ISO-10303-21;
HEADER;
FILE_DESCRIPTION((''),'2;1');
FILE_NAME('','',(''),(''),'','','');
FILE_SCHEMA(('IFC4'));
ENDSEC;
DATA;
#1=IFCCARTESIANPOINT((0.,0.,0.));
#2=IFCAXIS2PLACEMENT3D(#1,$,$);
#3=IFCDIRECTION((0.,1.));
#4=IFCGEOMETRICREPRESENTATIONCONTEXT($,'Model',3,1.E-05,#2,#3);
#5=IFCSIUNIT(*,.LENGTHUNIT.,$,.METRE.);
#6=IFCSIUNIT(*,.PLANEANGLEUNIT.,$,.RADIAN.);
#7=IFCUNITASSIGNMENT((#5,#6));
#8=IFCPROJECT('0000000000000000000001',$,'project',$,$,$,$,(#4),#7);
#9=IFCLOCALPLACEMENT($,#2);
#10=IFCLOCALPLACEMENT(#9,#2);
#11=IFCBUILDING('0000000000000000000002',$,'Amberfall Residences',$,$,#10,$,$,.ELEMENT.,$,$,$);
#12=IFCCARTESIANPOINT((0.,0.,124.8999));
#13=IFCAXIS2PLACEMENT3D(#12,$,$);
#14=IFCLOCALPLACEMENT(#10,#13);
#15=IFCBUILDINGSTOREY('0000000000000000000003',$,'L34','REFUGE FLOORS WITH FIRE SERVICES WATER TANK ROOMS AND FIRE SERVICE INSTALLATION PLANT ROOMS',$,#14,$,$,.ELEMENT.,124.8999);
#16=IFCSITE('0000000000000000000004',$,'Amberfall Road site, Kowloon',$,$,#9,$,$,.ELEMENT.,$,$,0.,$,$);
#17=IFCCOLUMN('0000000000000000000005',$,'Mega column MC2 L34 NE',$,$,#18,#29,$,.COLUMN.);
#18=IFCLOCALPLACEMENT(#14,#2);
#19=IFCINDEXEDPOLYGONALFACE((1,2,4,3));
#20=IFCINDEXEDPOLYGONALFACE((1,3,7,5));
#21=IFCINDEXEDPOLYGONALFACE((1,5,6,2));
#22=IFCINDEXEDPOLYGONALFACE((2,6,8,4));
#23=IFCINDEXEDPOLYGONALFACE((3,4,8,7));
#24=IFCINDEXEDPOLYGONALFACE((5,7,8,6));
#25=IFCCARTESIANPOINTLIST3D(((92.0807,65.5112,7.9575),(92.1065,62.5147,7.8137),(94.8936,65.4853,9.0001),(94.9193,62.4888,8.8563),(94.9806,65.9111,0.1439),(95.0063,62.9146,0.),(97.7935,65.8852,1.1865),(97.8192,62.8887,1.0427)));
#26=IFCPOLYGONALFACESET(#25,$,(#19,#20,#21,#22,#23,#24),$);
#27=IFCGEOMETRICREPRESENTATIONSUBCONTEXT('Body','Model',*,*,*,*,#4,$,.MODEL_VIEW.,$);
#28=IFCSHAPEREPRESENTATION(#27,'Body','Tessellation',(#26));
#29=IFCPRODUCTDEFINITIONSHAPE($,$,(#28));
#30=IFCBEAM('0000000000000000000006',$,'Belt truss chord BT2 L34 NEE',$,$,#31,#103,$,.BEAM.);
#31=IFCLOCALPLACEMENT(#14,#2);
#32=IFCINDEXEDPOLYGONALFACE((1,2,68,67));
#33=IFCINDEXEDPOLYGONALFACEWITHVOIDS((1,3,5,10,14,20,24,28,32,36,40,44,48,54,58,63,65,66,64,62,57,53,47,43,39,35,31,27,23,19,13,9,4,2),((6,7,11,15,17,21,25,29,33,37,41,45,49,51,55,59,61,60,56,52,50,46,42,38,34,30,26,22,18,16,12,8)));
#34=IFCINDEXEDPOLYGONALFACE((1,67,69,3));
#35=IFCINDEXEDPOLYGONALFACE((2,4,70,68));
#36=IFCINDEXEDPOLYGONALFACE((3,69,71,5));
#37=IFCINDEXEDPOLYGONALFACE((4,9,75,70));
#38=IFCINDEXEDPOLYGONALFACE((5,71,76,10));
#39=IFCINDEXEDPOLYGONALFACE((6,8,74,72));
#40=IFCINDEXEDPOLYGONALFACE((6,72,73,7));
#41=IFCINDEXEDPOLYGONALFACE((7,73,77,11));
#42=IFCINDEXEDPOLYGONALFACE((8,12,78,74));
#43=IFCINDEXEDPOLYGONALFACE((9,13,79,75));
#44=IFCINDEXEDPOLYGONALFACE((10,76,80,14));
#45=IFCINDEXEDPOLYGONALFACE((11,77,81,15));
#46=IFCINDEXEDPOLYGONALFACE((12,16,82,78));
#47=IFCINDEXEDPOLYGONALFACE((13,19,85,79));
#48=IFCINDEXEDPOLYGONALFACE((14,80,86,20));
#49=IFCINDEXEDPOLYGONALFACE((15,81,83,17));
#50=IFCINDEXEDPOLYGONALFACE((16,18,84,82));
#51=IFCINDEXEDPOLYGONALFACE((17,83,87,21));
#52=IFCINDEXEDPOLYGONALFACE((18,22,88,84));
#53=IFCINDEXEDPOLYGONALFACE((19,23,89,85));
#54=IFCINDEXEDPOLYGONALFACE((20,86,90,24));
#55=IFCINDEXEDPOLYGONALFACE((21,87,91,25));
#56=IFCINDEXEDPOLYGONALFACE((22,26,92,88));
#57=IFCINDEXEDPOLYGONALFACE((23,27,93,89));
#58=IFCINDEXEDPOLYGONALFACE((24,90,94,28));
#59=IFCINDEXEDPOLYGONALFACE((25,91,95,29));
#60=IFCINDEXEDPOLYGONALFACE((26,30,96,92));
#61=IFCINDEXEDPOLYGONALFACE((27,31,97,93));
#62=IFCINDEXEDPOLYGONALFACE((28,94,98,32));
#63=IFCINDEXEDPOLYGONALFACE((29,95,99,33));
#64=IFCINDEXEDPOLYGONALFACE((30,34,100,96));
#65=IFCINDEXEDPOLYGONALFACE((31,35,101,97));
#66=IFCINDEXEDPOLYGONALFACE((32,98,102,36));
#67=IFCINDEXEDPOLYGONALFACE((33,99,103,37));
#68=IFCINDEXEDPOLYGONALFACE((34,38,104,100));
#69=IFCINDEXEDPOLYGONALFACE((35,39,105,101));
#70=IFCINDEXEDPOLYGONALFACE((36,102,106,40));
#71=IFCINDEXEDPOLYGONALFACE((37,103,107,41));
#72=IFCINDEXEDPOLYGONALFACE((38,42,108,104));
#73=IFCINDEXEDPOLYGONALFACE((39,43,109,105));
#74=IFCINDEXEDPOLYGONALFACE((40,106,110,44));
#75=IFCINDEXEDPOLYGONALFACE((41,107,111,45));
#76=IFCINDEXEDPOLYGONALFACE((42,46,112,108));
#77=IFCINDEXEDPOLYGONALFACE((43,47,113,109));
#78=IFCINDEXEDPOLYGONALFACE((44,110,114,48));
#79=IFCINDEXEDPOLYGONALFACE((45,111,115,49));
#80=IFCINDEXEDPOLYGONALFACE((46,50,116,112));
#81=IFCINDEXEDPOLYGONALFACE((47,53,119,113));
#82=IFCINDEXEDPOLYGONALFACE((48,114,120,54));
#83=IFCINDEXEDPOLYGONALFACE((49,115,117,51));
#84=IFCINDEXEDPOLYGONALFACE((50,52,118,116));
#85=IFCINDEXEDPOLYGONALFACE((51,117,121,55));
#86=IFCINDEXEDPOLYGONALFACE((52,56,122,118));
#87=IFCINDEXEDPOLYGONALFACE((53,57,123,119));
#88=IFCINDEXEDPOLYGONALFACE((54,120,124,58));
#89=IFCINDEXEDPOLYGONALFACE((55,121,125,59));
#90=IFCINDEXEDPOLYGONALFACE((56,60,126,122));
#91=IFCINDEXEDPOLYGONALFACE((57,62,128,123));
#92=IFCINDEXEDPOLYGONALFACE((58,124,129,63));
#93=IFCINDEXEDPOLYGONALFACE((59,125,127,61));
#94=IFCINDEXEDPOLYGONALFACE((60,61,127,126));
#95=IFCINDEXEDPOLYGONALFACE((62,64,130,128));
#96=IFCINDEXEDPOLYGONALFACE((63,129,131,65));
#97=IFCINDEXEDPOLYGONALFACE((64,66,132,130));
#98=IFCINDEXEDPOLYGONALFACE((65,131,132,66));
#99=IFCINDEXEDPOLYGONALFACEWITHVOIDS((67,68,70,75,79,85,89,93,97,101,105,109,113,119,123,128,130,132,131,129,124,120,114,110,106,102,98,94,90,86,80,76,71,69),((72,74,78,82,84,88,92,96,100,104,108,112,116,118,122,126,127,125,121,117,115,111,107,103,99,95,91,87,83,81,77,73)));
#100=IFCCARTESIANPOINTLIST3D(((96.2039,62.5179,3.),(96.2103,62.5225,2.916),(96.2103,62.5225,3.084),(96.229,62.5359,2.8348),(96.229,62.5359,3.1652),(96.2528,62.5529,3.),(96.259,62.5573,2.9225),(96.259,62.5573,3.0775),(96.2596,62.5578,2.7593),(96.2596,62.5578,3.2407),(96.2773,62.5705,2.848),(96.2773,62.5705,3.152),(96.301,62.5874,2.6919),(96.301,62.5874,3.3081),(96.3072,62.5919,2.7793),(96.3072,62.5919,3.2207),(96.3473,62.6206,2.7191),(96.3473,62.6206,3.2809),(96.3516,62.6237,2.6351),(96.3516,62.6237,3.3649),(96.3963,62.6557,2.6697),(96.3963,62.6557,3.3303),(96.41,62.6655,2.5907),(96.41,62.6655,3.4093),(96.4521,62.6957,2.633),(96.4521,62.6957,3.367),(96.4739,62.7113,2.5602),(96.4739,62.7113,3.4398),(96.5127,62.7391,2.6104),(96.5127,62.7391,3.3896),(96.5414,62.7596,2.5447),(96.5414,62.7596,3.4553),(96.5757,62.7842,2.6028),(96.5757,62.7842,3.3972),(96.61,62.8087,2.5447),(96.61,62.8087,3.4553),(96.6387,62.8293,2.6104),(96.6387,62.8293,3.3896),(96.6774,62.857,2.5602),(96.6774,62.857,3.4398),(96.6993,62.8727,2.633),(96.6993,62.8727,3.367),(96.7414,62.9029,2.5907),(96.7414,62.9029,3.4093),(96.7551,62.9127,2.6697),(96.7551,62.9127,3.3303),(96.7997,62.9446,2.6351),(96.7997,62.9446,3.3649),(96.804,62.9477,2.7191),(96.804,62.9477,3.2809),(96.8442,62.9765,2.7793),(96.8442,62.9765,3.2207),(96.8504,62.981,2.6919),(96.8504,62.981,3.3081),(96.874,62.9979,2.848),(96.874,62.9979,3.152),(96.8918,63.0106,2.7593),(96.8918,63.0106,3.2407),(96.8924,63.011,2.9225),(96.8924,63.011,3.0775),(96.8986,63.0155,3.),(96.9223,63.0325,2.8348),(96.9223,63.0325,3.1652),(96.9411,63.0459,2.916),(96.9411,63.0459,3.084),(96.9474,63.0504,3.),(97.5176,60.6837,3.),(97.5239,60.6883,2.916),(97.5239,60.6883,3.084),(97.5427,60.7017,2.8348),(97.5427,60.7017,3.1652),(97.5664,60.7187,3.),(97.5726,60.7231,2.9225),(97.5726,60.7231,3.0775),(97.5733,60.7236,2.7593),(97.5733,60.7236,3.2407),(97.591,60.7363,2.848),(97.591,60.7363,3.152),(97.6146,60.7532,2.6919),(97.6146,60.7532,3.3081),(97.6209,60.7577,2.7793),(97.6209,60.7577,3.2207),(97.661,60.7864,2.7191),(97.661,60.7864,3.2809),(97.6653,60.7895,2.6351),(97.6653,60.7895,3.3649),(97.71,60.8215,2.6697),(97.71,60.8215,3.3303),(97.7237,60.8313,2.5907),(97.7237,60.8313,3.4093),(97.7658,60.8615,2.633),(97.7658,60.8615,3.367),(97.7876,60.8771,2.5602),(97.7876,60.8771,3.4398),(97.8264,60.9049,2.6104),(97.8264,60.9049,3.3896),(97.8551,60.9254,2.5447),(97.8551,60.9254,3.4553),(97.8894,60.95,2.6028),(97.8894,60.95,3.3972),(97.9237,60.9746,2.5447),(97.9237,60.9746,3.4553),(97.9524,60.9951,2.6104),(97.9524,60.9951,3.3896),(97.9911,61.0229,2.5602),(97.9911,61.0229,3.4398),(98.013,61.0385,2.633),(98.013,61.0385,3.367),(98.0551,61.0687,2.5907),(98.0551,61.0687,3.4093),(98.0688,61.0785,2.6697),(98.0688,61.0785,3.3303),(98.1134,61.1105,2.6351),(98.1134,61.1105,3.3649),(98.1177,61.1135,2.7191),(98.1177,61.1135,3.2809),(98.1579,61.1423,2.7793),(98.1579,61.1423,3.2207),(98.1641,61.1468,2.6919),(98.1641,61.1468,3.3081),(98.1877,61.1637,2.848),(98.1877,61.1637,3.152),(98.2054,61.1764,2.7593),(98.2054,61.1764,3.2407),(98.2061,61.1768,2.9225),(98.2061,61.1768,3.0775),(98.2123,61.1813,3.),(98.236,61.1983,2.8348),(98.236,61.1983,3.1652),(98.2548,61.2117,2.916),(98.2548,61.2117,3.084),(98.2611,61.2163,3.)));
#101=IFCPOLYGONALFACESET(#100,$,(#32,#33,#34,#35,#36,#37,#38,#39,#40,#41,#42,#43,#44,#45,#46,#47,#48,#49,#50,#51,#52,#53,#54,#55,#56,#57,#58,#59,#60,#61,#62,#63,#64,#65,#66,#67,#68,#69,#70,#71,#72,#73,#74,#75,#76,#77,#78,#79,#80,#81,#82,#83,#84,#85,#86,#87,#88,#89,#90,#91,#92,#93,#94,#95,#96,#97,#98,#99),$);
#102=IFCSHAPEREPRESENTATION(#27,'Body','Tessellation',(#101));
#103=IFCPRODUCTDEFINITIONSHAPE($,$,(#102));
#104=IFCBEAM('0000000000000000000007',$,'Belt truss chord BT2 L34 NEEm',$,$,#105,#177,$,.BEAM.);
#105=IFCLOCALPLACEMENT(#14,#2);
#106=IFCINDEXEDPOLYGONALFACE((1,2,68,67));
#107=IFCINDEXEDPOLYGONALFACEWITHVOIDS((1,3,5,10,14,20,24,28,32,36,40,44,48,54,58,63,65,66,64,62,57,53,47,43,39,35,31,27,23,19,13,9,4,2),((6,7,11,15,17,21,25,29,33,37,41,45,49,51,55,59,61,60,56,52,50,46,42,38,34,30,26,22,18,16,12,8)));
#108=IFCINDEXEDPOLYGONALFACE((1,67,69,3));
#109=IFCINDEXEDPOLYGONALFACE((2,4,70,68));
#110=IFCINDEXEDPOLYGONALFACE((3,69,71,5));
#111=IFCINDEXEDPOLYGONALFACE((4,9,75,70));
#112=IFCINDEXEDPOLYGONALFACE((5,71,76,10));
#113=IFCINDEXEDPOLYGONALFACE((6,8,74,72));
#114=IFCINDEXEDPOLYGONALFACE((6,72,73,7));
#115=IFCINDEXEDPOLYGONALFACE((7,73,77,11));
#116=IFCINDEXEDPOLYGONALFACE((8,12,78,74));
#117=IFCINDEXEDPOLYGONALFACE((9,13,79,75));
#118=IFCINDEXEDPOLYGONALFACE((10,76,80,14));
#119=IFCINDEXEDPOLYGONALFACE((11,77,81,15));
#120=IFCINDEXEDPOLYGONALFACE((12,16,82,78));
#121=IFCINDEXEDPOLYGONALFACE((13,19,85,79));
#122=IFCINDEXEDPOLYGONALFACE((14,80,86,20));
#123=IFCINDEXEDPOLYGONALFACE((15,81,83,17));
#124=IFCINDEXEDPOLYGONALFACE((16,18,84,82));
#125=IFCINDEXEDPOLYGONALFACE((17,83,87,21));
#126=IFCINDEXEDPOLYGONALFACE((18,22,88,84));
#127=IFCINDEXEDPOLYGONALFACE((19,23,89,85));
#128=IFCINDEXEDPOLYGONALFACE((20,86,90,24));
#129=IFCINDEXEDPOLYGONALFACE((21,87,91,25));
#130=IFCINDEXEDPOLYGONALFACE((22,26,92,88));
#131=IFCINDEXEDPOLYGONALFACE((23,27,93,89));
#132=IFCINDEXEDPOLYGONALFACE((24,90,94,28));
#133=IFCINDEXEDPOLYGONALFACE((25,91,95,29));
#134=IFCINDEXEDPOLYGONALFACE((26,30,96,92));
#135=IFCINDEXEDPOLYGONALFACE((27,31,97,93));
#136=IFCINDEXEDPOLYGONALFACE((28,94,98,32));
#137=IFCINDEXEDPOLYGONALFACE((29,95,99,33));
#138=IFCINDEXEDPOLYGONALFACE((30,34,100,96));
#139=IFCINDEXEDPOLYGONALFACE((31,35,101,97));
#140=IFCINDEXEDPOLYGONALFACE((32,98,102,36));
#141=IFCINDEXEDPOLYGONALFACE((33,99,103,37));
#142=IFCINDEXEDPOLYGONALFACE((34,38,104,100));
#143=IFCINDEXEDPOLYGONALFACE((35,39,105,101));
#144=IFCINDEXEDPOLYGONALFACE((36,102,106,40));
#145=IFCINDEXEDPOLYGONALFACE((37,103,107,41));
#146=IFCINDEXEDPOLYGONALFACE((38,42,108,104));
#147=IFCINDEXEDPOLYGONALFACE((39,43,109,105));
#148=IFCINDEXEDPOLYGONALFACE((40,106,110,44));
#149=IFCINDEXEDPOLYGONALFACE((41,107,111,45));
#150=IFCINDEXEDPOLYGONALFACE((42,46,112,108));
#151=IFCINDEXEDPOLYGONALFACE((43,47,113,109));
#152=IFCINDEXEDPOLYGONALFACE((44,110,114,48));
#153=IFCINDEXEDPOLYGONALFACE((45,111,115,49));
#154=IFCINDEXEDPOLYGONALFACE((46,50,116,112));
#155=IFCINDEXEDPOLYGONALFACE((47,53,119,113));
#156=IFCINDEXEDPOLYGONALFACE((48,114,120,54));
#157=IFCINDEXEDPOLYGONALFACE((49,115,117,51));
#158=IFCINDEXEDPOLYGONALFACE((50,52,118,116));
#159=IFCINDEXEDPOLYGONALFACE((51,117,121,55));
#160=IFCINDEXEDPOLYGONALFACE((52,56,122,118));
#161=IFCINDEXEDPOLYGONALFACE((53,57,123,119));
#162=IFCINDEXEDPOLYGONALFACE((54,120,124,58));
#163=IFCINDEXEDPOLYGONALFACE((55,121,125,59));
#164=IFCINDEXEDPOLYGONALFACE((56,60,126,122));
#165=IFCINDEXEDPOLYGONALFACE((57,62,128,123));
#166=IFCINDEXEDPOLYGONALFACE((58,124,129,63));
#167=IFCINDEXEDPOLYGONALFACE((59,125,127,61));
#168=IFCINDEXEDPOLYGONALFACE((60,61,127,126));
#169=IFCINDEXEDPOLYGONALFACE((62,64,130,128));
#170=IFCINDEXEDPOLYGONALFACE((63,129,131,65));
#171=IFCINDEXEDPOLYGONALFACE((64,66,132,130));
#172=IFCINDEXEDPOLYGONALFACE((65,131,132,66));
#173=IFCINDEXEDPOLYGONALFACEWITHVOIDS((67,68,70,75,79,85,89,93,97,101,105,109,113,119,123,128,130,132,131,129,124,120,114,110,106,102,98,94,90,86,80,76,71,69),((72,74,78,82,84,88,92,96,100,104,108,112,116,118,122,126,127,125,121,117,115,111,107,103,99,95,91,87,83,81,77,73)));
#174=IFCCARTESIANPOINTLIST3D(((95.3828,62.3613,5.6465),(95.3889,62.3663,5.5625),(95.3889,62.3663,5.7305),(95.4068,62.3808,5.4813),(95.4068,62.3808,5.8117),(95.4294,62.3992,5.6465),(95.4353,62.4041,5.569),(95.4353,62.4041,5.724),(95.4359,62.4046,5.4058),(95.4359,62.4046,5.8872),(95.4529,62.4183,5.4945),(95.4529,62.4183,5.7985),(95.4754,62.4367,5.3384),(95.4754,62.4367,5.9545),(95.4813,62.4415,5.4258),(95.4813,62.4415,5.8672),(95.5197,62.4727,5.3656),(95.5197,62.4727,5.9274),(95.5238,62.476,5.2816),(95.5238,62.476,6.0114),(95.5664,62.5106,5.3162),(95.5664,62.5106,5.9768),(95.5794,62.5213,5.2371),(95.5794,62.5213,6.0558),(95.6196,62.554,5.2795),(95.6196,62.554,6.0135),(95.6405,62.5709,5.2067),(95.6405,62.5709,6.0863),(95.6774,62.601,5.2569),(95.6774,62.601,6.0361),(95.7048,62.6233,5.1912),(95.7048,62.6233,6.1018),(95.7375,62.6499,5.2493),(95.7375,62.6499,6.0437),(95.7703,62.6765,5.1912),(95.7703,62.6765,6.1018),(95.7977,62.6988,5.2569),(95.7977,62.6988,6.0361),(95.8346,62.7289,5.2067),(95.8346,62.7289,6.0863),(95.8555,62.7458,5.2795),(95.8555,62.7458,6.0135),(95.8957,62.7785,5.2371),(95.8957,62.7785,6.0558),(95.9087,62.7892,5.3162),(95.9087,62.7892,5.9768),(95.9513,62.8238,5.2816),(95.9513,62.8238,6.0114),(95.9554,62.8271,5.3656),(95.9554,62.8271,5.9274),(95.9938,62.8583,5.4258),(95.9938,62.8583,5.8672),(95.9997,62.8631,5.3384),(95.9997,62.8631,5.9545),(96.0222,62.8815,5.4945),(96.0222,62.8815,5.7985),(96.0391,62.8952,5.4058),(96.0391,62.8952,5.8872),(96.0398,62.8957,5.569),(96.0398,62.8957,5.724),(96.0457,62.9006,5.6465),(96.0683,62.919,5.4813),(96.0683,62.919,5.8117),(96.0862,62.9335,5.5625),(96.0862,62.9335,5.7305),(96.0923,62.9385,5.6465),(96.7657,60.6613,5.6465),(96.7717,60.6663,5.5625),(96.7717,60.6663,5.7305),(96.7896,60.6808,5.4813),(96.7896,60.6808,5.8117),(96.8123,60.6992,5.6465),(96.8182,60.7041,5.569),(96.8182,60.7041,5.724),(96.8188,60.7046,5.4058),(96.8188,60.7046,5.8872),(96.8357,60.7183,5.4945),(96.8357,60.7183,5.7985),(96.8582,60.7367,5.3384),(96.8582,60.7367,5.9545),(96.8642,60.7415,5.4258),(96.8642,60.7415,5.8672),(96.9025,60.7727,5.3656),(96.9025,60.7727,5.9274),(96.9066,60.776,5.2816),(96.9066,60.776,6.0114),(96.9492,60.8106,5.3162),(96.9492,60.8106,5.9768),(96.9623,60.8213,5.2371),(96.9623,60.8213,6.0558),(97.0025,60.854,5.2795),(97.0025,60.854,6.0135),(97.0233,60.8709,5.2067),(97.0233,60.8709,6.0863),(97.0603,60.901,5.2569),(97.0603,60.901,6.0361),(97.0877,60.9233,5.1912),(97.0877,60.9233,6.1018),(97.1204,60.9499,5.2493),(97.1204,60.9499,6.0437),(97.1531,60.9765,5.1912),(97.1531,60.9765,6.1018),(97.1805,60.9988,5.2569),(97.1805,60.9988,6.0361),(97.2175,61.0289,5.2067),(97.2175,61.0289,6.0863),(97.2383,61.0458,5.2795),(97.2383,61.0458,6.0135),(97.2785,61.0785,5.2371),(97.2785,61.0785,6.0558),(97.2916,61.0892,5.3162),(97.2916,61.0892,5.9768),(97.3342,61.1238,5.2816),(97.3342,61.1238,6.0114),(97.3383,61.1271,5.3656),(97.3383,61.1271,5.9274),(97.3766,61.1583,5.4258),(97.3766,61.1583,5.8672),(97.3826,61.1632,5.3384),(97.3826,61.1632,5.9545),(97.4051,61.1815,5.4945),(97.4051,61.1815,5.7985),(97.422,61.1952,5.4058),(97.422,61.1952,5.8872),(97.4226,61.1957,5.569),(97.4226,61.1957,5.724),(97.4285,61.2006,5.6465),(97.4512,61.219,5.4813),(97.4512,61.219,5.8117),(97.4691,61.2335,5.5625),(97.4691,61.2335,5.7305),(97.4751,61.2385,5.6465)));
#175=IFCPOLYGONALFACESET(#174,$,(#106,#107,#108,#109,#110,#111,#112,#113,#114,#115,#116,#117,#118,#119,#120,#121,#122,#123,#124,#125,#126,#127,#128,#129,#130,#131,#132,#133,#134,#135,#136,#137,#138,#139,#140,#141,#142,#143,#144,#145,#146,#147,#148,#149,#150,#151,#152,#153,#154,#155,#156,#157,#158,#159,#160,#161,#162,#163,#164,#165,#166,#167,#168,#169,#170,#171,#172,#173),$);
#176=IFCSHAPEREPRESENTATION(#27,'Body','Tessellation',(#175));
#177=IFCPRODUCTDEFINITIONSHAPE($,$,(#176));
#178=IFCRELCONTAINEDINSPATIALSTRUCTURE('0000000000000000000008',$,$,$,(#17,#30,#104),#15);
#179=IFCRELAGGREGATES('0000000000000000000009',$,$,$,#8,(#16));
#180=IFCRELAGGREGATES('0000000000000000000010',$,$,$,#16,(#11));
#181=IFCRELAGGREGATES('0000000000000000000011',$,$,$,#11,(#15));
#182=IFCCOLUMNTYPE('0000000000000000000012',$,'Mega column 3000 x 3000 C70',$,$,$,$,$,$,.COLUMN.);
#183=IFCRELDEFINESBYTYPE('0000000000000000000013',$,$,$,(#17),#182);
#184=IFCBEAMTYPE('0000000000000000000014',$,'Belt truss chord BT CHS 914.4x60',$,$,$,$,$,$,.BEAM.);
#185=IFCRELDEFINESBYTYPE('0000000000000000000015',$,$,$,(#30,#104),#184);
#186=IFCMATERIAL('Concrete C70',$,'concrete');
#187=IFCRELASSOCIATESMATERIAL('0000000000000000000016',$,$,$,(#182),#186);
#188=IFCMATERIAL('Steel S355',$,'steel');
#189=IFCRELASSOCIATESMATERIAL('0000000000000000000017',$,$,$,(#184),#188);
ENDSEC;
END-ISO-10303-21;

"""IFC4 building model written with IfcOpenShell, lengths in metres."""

from ifc_helpers import new_model, si_unit, direction, frame, origin, origin_2d, place, context, subcontext, project, spatial, rectangle, hollow_circle, extrude, material, material_profile, profile_set, type_object, element, save


model = new_model("IFC4")

# Units and contexts
model_context = context("Model", 3, precision=1e-05, world=origin(), true_north=direction((0.0, 1.0)))
body_context = subcontext(model_context, "Body", "Model", "MODEL_VIEW")
ifc_project = project(units=[si_unit("LENGTHUNIT", "METRE"), si_unit("PLANEANGLEUNIT", "RADIAN")], contexts=[model_context])

# Site, building, storey
site_placement = place(None, origin())
site = spatial("IfcSite", under=ifc_project, at=site_placement, Name="Amberfall Road site, Kowloon", CompositionType="ELEMENT", RefElevation=0.0)
building_placement = place(site_placement, origin())
building = spatial("IfcBuilding", under=site, at=building_placement, Name="Amberfall Residences", CompositionType="ELEMENT")
storey_placement = place(building_placement, frame((0.0, 0.0, 124.8999)))
storey = spatial("IfcBuildingStorey", under=building, at=storey_placement, Name="L34", Description="REFUGE FLOORS WITH FIRE SERVICES WATER TANK ROOMS AND FIRE SERVICE INSTALLATION PLANT ROOMS", CompositionType="ELEMENT", Elevation=124.8999)

# Column
ifc_material_1 = material(Name="Concrete C70", Category="concrete")
ifc_material_profile_1 = material_profile(ifc_material_1, rectangle(XDim=3.0, YDim=3.0, at=origin_2d()), Name="Mega column 3000 x 3000 C70")
ifc_profile_set_1 = profile_set([ifc_material_profile_1], Name="Concrete C70")
column_type = type_object("IfcColumnType", Name="Mega column 3000 x 3000 C70", PredefinedType="COLUMN", material=ifc_profile_set_1)
column_placement = place(storey_placement, frame((96.3999, 64.3999, 0.5933), z_axis=(-0.34754, -0.047927, 0.936439), x_axis=(0.937626, -0.00863, 0.347539)))
element("IfcColumn", 1, at=column_placement, inside=storey, type_object=column_type, Name="Mega column MC2 L34 NE", PredefinedType="COLUMN", context=body_context, shape_type="SweptSolid", body=[
    extrude(rectangle(XDim=3.0, YDim=3.0, at=origin_2d()), origin(), (0.0, 0.0, 1.0), 8.344),
])

# Beams
ifc_material_2 = material(Name="Steel S355", Category="steel")
ifc_material_profile_2 = material_profile(ifc_material_2, hollow_circle(Radius=0.4573, WallThickness=0.0601, at=origin_2d()), Name="CHS 914.4x60")
ifc_profile_set_2 = profile_set([ifc_material_profile_2], Name="Steel S355")
beam_type_1 = type_object("IfcBeamType", Name="Belt truss chord BT CHS 914.4x60", PredefinedType="BEAM", material=ifc_profile_set_2)
beam_1_placement = place(storey_placement, frame((96.5757, 62.7842, 3.0), z_axis=(0.582282, -0.812987, 0.0), x_axis=(0.812987, 0.582282, 0.0)))
element("IfcBeam", 2, at=beam_1_placement, inside=storey, type_object=beam_type_1, Name="Belt truss chord BT2 L34 NEE", PredefinedType="BEAM", context=body_context, shape_type="SweptSolid", body=[
    extrude(hollow_circle(Radius=0.4573, WallThickness=0.0601, at=origin_2d()), origin(), (0.0, 0.0, 1.0), 2.2561),
])
beam_2_placement = place(storey_placement, frame((95.7375, 62.6499, 5.6465), z_axis=(0.631033, -0.775756, 0.0), x_axis=(0.775756, 0.631033, 0.0)))
element("IfcBeam", 3, at=beam_2_placement, inside=storey, type_object=beam_type_1, Name="Belt truss chord BT2 L34 NEEm", PredefinedType="BEAM", context=body_context, shape_type="SweptSolid", body=[
    extrude(hollow_circle(Radius=0.4573, WallThickness=0.0601, at=origin_2d()), origin(), (0.0, 0.0, 1.0), 2.1914),
])

save(model, "model.ifc")
